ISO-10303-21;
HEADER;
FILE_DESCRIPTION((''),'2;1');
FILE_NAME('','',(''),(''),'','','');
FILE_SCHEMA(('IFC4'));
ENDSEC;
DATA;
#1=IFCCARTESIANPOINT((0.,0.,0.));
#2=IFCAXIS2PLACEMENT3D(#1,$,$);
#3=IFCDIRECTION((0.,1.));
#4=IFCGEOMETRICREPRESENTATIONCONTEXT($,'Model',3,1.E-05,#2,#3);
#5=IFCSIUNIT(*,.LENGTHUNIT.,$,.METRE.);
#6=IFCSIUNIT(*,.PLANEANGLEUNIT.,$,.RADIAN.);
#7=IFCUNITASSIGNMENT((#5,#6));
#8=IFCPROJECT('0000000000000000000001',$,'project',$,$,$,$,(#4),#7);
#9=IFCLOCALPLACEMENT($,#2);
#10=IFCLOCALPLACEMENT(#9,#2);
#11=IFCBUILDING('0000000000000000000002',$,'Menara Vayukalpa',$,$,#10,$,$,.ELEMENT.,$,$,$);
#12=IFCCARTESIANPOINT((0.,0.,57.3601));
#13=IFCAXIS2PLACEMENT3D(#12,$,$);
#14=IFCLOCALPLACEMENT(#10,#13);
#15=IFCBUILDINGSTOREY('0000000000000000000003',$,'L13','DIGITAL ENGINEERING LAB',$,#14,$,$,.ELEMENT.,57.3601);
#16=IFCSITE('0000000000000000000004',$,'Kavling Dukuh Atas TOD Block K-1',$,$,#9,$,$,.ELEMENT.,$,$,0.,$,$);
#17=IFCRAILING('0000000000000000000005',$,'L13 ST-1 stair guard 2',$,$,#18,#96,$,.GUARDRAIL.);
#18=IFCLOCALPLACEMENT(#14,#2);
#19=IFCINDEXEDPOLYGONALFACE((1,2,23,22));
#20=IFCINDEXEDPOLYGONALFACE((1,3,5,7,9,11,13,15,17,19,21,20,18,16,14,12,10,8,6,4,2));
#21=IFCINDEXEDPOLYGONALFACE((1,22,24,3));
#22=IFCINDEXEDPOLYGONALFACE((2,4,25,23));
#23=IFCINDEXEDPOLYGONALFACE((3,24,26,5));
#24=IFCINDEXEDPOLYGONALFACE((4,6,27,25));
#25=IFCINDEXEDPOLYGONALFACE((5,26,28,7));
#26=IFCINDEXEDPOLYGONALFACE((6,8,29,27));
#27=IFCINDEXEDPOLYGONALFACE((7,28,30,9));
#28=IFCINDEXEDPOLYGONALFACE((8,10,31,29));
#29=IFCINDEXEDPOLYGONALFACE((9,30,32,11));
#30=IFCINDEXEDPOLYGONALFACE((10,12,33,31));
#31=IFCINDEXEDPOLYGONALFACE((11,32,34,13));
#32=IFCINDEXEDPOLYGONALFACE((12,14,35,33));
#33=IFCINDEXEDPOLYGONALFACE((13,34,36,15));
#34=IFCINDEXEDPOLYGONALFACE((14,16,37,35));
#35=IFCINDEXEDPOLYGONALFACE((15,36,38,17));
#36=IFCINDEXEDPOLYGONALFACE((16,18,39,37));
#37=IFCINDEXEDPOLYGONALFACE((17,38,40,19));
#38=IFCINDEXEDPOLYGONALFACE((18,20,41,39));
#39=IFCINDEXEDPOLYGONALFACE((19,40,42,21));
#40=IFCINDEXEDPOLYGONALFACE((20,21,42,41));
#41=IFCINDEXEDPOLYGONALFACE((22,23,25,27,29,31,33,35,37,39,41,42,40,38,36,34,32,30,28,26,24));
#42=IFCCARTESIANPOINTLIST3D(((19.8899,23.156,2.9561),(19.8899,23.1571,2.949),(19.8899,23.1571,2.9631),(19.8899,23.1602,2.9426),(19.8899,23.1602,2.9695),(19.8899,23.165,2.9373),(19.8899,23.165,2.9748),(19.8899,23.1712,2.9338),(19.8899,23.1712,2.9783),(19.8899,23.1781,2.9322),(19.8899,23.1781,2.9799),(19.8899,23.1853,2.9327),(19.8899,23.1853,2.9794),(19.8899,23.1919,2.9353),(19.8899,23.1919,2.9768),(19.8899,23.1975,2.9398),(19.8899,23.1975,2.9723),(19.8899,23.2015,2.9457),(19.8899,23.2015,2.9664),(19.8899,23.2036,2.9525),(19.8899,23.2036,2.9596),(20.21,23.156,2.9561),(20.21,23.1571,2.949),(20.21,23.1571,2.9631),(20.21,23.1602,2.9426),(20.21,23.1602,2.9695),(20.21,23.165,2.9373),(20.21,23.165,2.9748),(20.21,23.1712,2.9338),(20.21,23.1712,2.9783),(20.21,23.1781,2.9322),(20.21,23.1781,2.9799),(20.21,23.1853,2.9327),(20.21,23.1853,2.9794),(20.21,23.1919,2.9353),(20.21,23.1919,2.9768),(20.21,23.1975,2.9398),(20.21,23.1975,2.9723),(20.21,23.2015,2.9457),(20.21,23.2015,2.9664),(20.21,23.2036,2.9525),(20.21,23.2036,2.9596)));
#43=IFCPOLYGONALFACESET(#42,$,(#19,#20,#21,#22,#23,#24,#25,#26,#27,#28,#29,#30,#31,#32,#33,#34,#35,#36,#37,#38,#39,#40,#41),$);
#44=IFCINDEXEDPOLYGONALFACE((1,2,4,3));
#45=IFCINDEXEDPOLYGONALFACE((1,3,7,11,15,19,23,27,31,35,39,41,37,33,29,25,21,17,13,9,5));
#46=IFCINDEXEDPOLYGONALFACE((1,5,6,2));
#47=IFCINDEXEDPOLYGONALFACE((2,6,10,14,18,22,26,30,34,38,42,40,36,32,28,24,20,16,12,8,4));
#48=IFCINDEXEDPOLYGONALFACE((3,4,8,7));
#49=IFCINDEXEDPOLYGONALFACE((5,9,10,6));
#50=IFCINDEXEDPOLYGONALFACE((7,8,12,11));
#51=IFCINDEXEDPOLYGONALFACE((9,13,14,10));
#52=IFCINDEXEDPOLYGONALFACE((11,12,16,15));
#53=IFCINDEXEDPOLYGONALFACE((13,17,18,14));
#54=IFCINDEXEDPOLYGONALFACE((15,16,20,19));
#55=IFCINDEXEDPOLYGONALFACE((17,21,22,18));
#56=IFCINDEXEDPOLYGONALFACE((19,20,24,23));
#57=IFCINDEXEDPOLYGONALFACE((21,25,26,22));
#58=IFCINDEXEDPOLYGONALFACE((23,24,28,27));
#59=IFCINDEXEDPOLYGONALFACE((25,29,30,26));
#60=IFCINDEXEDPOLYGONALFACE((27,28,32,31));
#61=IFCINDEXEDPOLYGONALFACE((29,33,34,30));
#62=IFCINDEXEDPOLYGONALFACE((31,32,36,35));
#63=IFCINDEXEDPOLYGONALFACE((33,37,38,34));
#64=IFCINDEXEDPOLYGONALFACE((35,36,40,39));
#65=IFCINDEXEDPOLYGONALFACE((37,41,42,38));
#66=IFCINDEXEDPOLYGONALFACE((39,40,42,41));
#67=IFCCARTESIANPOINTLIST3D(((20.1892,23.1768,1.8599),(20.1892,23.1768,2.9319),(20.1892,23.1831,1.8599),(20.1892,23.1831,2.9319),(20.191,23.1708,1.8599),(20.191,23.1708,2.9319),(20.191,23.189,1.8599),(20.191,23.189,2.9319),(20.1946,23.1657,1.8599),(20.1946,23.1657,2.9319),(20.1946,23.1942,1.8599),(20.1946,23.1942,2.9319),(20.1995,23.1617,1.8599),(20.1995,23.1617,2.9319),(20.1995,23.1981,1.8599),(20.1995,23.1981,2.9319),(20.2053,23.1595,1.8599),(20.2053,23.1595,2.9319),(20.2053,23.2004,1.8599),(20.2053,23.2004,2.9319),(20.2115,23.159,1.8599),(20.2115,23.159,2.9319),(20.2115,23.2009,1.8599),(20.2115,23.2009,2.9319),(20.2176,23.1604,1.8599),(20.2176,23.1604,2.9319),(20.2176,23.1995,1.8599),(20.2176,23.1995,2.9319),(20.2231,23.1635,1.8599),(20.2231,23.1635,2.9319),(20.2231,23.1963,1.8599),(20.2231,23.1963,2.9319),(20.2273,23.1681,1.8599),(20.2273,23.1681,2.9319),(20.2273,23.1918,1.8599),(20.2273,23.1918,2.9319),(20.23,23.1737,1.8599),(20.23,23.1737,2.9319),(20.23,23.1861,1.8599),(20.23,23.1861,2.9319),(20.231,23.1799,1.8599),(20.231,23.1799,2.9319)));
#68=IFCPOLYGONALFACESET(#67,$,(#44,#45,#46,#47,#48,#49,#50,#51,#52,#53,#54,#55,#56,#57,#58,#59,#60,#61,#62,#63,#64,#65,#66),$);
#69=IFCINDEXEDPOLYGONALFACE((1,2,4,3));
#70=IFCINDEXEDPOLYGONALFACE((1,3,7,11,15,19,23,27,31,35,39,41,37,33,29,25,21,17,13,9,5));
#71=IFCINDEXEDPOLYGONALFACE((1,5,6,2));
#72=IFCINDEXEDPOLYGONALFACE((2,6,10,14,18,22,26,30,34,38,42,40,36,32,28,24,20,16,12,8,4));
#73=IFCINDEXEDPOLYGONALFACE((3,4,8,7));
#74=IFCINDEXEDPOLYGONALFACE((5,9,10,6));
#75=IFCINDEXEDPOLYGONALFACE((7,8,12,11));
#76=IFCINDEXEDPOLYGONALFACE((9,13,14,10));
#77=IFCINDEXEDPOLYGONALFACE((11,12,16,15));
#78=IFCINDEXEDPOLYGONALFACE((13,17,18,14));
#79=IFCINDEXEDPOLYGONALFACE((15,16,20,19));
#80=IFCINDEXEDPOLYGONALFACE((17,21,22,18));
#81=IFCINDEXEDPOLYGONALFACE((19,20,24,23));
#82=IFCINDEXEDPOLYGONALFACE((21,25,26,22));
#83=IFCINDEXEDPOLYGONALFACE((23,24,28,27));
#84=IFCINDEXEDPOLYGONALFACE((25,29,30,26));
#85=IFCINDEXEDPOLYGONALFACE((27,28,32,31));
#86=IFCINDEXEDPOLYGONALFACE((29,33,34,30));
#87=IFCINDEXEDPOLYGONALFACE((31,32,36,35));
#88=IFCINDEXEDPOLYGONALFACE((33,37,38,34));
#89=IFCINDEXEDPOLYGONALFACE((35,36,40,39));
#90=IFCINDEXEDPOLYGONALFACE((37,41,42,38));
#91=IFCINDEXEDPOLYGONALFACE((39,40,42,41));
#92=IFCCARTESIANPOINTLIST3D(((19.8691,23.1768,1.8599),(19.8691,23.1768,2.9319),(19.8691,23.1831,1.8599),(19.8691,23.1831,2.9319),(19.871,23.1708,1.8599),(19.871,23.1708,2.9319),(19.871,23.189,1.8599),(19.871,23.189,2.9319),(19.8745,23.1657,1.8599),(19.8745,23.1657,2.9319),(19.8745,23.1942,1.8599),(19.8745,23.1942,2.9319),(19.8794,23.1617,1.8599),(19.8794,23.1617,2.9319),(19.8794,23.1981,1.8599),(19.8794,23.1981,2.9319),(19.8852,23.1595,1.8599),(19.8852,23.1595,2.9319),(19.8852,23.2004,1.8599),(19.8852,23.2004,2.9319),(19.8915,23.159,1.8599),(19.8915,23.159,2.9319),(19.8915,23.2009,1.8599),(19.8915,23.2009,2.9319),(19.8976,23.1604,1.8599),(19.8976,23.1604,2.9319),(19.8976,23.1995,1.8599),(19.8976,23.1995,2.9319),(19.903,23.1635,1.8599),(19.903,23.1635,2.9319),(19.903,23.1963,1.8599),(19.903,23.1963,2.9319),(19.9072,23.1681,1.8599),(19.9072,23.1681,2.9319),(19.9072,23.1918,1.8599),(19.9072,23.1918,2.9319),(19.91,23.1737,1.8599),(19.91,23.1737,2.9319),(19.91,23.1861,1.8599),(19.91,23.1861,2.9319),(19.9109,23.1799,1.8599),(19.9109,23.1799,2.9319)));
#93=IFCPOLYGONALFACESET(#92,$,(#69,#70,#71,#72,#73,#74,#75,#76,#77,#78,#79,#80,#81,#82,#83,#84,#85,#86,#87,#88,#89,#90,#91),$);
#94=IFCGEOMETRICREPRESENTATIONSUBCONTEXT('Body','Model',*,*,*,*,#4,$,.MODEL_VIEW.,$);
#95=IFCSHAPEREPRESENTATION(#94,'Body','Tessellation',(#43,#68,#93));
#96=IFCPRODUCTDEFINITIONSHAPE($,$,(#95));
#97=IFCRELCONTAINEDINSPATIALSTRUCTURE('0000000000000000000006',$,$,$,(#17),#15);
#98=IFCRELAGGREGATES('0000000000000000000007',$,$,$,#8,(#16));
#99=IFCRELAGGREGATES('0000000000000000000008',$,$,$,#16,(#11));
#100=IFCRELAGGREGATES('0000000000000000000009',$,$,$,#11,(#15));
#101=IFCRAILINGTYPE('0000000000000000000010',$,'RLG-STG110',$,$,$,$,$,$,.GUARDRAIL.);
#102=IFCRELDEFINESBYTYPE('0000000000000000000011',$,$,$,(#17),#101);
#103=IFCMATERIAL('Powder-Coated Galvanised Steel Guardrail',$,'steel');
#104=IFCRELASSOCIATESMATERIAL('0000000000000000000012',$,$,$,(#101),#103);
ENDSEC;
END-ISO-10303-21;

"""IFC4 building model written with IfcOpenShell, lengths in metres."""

from ifc_helpers import new_model, si_unit, direction, frame, origin, origin_2d, place, context, subcontext, project, spatial, circle, extrude, material, type_object, element, save


model = new_model("IFC4")

# Units and contexts
model_context = context("Model", 3, precision=1e-05, world=origin(), true_north=direction((0.0, 1.0)))
body_context = subcontext(model_context, "Body", "Model", "MODEL_VIEW")
ifc_project = project(units=[si_unit("LENGTHUNIT", "METRE"), si_unit("PLANEANGLEUNIT", "RADIAN")], contexts=[model_context])

# Site, building, storey
site_placement = place(None, origin())
site = spatial("IfcSite", under=ifc_project, at=site_placement, Name="Kavling Dukuh Atas TOD Block K-1", CompositionType="ELEMENT", RefElevation=0.0)
building_placement = place(site_placement, origin())
building = spatial("IfcBuilding", under=site, at=building_placement, Name="Menara Vayukalpa", CompositionType="ELEMENT")
storey_placement = place(building_placement, frame((0.0, 0.0, 57.3601)))
storey = spatial("IfcBuildingStorey", under=building, at=storey_placement, Name="L13", Description="DIGITAL ENGINEERING LAB", CompositionType="ELEMENT", Elevation=57.3601)

# Railing
ifc_material_1 = material(Name="Powder-Coated Galvanised Steel Guardrail", Category="steel")
railing_type = type_object("IfcRailingType", Name="RLG-STG110", PredefinedType="GUARDRAIL", material=ifc_material_1)
railing_1_placement = place(storey_placement, frame((20.21, 23.1799, 1.8599)))
element("IfcRailing", 1, at=railing_1_placement, inside=storey, type_object=railing_type, Name="L13 ST-1 stair guard 2", PredefinedType="GUARDRAIL", context=body_context, shape_type="SweptSolid", body=[
    extrude(circle(Radius=0.0239, at=origin_2d()), frame((0.0, 0.0, 1.0962), z_axis=(-1.0, 0.0, 0.0), x_axis=(0.0, -1.0, 0.0)), (0.0, 0.0, 1.0), 0.3201),
    extrude(circle(Radius=0.021, at=origin_2d()), origin(), (0.0, 0.0, 1.0), 1.072),
    extrude(circle(Radius=0.021, at=origin_2d()), frame((-0.3201, 0.0, 0.0)), (0.0, 0.0, 1.0), 1.072),
])

save(model, "model.ifc")
